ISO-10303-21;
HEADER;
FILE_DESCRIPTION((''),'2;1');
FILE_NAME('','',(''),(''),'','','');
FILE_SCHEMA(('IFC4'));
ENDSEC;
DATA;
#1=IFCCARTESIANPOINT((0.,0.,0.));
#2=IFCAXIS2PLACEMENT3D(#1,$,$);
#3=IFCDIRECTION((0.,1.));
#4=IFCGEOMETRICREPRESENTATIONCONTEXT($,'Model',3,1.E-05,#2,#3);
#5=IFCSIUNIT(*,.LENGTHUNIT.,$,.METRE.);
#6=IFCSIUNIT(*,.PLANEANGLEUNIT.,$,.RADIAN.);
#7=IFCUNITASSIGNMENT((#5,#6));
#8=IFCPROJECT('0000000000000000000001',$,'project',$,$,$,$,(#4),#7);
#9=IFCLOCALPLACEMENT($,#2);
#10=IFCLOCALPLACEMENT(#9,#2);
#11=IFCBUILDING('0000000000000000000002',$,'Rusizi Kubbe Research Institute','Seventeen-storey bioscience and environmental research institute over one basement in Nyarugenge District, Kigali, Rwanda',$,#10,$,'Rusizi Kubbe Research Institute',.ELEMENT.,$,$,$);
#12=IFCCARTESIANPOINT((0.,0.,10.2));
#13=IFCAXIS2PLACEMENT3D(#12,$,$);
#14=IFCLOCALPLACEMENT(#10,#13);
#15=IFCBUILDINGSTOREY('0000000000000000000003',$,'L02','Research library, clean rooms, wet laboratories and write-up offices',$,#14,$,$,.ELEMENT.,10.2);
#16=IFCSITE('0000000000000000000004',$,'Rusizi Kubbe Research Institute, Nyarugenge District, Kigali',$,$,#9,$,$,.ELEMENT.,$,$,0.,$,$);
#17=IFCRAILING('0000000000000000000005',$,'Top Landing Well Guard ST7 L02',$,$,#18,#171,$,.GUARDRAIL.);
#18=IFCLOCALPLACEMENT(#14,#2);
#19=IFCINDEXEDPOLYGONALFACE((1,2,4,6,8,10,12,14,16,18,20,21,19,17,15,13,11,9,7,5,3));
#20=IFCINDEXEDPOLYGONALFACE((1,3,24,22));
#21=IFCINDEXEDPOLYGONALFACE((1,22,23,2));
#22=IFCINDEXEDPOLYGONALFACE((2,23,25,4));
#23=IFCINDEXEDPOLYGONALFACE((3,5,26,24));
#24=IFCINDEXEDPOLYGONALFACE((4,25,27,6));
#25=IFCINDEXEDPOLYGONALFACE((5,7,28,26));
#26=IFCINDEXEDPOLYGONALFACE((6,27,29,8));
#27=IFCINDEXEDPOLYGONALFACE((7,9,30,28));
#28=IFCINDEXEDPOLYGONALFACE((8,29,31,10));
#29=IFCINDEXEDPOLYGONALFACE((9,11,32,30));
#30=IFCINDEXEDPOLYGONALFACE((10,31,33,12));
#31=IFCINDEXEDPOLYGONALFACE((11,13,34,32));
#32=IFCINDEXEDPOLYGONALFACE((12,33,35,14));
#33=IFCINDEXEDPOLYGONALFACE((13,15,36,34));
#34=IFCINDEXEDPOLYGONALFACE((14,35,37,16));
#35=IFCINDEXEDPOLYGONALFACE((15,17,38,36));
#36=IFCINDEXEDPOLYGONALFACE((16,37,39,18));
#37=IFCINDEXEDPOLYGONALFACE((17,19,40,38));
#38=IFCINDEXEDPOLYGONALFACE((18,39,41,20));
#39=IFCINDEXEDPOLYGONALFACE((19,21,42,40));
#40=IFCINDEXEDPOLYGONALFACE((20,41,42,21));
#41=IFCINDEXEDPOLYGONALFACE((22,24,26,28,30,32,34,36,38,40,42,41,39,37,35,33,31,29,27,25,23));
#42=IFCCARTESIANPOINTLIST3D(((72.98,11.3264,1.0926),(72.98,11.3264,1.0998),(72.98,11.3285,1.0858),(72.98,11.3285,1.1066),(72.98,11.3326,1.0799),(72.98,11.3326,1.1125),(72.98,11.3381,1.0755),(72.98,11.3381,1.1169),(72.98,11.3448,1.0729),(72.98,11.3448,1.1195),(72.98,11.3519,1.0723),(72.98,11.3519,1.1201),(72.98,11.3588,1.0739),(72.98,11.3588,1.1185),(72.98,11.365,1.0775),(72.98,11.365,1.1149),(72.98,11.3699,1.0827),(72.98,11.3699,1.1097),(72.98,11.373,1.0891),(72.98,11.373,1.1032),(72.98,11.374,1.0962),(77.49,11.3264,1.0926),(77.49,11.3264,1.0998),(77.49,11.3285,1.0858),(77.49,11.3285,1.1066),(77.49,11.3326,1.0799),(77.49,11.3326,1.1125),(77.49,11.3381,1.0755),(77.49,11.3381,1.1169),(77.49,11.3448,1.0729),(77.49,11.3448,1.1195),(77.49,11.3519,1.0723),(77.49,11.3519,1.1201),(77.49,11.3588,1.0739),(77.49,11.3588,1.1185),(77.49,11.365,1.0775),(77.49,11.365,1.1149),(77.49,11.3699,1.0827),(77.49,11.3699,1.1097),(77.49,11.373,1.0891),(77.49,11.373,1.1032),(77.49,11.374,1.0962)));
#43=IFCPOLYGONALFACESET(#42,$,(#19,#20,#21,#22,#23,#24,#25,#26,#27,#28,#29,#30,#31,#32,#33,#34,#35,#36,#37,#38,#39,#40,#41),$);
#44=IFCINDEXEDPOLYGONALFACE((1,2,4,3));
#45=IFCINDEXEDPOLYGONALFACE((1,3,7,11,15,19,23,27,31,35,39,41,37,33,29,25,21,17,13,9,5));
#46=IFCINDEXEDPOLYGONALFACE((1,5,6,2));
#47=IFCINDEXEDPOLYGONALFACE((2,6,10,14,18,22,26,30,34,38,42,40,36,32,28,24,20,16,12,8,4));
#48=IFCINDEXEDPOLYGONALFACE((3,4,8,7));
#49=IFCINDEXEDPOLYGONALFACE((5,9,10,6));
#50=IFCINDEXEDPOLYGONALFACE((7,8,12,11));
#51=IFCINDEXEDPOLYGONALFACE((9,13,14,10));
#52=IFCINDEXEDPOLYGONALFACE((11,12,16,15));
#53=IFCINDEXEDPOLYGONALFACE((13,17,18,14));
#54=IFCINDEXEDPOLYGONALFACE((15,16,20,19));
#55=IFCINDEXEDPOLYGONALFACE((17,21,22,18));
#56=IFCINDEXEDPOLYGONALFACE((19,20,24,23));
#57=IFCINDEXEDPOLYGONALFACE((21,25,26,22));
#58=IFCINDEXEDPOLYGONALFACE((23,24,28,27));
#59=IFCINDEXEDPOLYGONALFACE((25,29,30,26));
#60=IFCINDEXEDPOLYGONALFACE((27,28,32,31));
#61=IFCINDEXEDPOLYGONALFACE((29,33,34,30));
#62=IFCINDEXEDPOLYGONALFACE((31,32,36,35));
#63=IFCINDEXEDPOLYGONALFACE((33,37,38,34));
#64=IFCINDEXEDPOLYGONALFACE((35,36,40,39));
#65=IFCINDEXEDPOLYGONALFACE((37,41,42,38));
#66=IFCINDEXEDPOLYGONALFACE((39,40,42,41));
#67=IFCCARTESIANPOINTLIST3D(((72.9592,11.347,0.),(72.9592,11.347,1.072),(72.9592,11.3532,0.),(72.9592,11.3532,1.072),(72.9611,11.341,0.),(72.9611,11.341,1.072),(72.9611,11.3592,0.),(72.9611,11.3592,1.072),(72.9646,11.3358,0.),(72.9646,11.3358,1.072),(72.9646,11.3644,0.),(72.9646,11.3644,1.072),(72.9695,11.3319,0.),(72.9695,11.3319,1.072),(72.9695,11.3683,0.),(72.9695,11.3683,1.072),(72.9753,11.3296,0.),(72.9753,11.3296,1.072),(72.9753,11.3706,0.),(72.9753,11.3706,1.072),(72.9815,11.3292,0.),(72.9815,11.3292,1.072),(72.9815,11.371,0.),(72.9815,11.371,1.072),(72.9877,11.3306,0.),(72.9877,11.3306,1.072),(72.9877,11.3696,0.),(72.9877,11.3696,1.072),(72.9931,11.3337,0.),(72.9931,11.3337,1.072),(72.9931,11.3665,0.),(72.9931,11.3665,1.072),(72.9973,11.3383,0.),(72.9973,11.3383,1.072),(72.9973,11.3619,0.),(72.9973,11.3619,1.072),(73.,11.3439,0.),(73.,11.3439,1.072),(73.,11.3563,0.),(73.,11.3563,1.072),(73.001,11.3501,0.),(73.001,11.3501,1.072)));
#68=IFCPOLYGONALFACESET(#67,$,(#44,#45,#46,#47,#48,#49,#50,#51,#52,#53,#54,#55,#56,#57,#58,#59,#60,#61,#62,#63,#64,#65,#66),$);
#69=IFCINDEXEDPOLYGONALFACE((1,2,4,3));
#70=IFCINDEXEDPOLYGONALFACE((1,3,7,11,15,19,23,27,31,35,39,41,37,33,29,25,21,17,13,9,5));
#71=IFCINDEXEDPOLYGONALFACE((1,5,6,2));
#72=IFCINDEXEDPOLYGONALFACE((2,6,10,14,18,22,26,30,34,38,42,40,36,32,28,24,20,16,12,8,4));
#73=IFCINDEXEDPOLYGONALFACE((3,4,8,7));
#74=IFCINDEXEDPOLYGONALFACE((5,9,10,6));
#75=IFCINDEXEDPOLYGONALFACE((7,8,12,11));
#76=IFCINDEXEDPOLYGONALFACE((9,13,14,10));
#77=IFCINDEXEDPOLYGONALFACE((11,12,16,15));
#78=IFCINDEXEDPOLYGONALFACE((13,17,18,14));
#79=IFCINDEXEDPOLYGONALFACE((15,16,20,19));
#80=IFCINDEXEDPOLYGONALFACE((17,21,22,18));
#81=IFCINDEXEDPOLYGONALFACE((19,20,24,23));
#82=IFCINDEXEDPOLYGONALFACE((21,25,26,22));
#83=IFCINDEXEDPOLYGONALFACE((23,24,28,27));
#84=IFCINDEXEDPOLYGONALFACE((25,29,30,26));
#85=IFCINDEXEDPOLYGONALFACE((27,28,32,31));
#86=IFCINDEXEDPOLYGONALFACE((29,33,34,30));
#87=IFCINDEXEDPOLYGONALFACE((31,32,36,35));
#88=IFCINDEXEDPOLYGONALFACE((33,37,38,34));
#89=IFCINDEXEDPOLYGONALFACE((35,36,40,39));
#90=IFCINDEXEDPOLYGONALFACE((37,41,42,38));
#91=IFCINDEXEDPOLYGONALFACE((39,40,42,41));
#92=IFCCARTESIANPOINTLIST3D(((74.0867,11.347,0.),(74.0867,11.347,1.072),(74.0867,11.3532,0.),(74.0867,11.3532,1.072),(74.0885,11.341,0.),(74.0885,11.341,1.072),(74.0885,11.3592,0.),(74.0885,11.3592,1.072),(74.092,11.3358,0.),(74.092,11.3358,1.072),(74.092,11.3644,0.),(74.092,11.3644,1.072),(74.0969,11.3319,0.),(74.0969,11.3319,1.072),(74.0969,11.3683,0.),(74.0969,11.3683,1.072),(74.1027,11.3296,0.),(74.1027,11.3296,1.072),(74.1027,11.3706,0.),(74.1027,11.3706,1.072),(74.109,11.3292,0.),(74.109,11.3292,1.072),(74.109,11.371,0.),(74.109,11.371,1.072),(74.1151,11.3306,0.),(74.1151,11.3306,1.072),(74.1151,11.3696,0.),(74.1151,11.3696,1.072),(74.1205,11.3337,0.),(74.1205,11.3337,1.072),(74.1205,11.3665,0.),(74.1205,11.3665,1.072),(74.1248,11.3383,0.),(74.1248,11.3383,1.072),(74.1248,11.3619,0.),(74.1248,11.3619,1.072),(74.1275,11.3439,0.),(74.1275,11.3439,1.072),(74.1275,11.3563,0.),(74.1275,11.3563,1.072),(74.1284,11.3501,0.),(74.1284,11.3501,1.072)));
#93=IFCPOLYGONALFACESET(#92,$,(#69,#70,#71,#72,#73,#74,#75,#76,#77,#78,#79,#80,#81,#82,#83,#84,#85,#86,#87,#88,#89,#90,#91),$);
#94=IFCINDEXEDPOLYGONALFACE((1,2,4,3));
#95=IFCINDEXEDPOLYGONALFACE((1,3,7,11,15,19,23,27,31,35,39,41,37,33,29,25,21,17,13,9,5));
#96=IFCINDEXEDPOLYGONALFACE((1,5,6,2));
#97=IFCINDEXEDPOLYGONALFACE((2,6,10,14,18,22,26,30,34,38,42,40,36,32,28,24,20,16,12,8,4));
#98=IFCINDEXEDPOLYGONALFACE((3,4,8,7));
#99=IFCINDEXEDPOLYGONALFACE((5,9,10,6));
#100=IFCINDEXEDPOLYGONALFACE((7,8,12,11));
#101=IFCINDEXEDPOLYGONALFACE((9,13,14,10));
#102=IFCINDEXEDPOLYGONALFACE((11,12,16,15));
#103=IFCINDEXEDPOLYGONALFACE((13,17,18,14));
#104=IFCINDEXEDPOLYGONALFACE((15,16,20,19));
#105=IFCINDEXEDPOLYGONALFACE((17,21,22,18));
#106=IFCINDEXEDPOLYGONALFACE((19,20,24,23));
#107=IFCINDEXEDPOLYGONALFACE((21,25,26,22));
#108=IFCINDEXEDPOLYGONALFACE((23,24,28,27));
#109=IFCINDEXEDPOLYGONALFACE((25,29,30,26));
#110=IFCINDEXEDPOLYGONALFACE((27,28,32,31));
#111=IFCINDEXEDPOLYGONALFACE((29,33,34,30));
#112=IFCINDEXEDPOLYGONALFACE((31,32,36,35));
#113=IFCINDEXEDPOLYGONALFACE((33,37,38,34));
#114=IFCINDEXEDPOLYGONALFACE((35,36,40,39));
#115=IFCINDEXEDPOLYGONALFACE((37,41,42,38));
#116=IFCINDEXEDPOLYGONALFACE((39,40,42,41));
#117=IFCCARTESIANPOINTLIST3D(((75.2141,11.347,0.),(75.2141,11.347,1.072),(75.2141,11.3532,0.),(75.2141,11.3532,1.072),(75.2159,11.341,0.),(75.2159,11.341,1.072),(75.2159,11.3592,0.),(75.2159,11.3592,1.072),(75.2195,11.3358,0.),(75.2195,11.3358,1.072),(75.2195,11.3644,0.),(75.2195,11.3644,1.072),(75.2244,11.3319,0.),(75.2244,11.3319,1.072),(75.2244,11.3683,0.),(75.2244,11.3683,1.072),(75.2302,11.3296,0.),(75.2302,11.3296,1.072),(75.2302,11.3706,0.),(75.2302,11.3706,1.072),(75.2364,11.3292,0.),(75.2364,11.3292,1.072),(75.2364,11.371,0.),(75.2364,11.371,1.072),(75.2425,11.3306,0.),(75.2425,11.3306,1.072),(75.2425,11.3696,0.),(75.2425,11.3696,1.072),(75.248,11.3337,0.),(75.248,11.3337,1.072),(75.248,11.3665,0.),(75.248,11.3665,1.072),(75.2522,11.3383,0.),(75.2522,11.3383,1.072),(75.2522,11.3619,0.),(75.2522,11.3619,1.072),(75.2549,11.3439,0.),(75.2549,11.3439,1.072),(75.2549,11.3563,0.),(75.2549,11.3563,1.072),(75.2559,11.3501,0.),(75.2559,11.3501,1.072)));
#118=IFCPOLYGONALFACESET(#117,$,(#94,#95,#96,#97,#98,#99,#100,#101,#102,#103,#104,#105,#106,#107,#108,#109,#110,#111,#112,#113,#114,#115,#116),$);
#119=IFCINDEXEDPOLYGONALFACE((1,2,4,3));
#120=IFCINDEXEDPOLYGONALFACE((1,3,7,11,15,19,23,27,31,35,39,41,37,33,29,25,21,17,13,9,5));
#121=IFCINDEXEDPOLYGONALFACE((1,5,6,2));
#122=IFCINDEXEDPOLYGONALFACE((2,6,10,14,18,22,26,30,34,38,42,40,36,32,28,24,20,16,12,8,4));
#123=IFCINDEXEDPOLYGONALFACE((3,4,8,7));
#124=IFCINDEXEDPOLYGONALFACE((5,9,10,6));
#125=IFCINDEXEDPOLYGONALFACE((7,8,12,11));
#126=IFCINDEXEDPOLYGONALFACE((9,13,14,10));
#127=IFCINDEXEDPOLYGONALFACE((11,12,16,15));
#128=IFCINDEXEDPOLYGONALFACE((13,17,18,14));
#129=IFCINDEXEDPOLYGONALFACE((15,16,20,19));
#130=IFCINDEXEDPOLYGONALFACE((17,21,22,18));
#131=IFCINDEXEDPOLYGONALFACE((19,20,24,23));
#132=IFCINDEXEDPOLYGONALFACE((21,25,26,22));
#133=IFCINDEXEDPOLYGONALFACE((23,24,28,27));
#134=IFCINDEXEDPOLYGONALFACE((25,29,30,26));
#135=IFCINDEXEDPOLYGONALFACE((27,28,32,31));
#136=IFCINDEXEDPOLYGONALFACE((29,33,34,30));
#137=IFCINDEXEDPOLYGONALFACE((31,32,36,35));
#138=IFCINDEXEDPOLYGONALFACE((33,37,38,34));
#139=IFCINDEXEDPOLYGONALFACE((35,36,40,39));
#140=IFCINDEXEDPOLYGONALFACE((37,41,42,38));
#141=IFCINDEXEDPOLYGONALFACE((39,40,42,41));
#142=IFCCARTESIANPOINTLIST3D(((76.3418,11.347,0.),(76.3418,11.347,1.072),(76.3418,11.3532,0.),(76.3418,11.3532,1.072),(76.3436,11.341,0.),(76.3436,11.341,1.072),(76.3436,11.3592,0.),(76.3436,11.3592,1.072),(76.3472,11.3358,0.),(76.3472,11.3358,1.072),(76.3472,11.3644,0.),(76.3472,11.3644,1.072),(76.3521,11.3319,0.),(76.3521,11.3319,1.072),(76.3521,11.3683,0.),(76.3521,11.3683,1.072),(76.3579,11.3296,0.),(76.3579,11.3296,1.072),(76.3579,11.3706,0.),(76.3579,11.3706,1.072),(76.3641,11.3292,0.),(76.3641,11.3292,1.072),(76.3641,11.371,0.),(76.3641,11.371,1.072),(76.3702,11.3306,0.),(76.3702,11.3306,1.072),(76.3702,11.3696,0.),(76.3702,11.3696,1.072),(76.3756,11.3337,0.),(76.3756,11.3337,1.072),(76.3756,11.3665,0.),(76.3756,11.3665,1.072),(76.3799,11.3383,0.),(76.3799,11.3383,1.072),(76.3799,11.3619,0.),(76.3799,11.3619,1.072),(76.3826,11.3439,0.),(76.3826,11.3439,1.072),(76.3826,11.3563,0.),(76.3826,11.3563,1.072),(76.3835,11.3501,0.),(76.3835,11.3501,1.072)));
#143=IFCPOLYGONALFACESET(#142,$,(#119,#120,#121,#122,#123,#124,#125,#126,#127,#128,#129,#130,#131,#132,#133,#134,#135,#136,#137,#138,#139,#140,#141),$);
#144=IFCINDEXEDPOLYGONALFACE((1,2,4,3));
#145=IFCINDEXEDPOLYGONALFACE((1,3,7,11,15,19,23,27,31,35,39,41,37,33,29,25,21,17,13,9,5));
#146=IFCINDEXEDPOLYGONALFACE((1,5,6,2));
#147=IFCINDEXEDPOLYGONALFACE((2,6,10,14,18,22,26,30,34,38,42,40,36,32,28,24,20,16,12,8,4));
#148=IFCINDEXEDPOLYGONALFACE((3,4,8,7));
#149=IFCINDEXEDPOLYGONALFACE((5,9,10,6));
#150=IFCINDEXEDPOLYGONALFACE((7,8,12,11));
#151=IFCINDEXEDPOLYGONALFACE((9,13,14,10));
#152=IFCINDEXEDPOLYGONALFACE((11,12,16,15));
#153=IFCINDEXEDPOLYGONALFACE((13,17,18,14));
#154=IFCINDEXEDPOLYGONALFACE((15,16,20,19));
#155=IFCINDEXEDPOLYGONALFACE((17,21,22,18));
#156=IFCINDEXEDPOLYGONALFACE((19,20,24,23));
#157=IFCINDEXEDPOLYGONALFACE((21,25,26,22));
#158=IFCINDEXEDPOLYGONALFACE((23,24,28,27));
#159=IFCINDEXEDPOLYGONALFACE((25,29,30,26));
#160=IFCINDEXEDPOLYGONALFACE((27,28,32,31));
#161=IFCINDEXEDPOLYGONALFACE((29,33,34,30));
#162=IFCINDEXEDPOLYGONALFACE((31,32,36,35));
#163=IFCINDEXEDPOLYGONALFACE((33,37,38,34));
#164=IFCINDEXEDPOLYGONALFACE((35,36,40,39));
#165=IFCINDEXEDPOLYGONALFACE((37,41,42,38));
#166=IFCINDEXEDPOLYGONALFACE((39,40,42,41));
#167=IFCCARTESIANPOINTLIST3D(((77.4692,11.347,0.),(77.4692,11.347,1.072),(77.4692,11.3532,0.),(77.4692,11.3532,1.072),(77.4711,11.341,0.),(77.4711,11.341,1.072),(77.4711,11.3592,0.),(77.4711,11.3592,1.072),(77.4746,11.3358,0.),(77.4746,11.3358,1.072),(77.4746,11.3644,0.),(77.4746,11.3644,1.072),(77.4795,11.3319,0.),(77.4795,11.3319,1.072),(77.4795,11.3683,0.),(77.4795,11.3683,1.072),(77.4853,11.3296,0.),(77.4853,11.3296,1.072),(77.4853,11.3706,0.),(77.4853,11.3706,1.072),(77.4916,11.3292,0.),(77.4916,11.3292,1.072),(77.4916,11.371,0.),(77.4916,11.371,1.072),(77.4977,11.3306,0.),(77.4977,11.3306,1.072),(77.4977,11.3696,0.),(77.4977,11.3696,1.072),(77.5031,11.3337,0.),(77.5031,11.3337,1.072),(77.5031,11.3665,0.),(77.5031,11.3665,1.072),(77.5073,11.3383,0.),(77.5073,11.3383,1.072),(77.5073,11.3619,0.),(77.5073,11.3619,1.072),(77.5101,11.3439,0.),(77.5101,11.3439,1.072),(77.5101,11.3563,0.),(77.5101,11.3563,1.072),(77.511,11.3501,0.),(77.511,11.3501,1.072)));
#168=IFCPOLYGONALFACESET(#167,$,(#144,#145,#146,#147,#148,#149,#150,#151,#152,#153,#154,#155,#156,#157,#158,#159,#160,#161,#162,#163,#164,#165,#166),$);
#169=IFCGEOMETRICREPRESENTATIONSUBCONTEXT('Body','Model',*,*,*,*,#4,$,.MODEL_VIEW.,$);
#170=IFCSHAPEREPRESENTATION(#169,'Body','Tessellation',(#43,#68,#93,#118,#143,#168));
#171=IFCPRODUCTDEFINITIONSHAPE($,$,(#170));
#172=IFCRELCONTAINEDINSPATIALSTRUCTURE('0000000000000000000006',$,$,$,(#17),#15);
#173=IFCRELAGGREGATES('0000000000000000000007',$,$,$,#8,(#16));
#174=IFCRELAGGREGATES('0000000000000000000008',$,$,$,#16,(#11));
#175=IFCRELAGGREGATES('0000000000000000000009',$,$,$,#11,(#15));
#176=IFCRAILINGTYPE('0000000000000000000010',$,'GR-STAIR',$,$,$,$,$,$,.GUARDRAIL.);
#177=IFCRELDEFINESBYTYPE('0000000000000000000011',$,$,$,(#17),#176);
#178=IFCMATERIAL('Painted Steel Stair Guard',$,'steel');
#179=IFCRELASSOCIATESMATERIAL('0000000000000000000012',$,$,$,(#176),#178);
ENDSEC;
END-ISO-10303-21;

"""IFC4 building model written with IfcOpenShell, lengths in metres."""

from ifc_helpers import new_model, si_unit, direction, frame, origin, origin_2d, place, context, subcontext, project, spatial, circle, extrude, material, type_object, element, save


model = new_model("IFC4")

# Units and contexts
model_context = context("Model", 3, precision=1e-05, world=origin(), true_north=direction((0.0, 1.0)))
body_context = subcontext(model_context, "Body", "Model", "MODEL_VIEW")
ifc_project = project(units=[si_unit("LENGTHUNIT", "METRE"), si_unit("PLANEANGLEUNIT", "RADIAN")], contexts=[model_context])

# Site, building, storey
site_placement = place(None, origin())
site = spatial("IfcSite", under=ifc_project, at=site_placement, Name="Rusizi Kubbe Research Institute, Nyarugenge District, Kigali", CompositionType="ELEMENT", RefElevation=0.0)
building_placement = place(site_placement, origin())
building = spatial("IfcBuilding", under=site, at=building_placement, Name="Rusizi Kubbe Research Institute", Description="Seventeen-storey bioscience and environmental research institute over one basement in Nyarugenge District, Kigali, Rwanda", LongName="Rusizi Kubbe Research Institute", CompositionType="ELEMENT")
storey_placement = place(building_placement, frame((0.0, 0.0, 10.2)))
storey = spatial("IfcBuildingStorey", under=building, at=storey_placement, Name="L02", Description="Research library, clean rooms, wet laboratories and write-up offices", CompositionType="ELEMENT", Elevation=10.2)

# Railing
ifc_material_1 = material(Name="Painted Steel Stair Guard", Category="steel")
railing_type = type_object("IfcRailingType", Name="GR-STAIR", PredefinedType="GUARDRAIL", material=ifc_material_1)
railing_placement = place(storey_placement, frame((72.98, 11.3501, 0.0)))
element("IfcRailing", 1, at=railing_placement, inside=storey, type_object=railing_type, Name="Top Landing Well Guard ST7 L02", PredefinedType="GUARDRAIL", context=body_context, shape_type="SweptSolid", body=[
    extrude(circle(Radius=0.0239, at=origin_2d()), frame((0.0, 0.0, 1.0962), z_axis=(1.0, 0.0, 0.0), x_axis=(0.0, 1.0, 0.0)), (0.0, 0.0, 1.0), 4.51),
    extrude(circle(Radius=0.021, at=origin_2d()), origin(), (0.0, 0.0, 1.0), 1.072),
    extrude(circle(Radius=0.021, at=origin_2d()), frame((1.1274, 0.0, 0.0)), (0.0, 0.0, 1.0), 1.072),
    extrude(circle(Radius=0.021, at=origin_2d()), frame((2.2549, 0.0, 0.0)), (0.0, 0.0, 1.0), 1.072),
    extrude(circle(Radius=0.021, at=origin_2d()), frame((3.3826, 0.0, 0.0)), (0.0, 0.0, 1.0), 1.072),
    extrude(circle(Radius=0.021, at=origin_2d()), frame((4.51, 0.0, 0.0)), (0.0, 0.0, 1.0), 1.072),
])

save(model, "model.ifc")
